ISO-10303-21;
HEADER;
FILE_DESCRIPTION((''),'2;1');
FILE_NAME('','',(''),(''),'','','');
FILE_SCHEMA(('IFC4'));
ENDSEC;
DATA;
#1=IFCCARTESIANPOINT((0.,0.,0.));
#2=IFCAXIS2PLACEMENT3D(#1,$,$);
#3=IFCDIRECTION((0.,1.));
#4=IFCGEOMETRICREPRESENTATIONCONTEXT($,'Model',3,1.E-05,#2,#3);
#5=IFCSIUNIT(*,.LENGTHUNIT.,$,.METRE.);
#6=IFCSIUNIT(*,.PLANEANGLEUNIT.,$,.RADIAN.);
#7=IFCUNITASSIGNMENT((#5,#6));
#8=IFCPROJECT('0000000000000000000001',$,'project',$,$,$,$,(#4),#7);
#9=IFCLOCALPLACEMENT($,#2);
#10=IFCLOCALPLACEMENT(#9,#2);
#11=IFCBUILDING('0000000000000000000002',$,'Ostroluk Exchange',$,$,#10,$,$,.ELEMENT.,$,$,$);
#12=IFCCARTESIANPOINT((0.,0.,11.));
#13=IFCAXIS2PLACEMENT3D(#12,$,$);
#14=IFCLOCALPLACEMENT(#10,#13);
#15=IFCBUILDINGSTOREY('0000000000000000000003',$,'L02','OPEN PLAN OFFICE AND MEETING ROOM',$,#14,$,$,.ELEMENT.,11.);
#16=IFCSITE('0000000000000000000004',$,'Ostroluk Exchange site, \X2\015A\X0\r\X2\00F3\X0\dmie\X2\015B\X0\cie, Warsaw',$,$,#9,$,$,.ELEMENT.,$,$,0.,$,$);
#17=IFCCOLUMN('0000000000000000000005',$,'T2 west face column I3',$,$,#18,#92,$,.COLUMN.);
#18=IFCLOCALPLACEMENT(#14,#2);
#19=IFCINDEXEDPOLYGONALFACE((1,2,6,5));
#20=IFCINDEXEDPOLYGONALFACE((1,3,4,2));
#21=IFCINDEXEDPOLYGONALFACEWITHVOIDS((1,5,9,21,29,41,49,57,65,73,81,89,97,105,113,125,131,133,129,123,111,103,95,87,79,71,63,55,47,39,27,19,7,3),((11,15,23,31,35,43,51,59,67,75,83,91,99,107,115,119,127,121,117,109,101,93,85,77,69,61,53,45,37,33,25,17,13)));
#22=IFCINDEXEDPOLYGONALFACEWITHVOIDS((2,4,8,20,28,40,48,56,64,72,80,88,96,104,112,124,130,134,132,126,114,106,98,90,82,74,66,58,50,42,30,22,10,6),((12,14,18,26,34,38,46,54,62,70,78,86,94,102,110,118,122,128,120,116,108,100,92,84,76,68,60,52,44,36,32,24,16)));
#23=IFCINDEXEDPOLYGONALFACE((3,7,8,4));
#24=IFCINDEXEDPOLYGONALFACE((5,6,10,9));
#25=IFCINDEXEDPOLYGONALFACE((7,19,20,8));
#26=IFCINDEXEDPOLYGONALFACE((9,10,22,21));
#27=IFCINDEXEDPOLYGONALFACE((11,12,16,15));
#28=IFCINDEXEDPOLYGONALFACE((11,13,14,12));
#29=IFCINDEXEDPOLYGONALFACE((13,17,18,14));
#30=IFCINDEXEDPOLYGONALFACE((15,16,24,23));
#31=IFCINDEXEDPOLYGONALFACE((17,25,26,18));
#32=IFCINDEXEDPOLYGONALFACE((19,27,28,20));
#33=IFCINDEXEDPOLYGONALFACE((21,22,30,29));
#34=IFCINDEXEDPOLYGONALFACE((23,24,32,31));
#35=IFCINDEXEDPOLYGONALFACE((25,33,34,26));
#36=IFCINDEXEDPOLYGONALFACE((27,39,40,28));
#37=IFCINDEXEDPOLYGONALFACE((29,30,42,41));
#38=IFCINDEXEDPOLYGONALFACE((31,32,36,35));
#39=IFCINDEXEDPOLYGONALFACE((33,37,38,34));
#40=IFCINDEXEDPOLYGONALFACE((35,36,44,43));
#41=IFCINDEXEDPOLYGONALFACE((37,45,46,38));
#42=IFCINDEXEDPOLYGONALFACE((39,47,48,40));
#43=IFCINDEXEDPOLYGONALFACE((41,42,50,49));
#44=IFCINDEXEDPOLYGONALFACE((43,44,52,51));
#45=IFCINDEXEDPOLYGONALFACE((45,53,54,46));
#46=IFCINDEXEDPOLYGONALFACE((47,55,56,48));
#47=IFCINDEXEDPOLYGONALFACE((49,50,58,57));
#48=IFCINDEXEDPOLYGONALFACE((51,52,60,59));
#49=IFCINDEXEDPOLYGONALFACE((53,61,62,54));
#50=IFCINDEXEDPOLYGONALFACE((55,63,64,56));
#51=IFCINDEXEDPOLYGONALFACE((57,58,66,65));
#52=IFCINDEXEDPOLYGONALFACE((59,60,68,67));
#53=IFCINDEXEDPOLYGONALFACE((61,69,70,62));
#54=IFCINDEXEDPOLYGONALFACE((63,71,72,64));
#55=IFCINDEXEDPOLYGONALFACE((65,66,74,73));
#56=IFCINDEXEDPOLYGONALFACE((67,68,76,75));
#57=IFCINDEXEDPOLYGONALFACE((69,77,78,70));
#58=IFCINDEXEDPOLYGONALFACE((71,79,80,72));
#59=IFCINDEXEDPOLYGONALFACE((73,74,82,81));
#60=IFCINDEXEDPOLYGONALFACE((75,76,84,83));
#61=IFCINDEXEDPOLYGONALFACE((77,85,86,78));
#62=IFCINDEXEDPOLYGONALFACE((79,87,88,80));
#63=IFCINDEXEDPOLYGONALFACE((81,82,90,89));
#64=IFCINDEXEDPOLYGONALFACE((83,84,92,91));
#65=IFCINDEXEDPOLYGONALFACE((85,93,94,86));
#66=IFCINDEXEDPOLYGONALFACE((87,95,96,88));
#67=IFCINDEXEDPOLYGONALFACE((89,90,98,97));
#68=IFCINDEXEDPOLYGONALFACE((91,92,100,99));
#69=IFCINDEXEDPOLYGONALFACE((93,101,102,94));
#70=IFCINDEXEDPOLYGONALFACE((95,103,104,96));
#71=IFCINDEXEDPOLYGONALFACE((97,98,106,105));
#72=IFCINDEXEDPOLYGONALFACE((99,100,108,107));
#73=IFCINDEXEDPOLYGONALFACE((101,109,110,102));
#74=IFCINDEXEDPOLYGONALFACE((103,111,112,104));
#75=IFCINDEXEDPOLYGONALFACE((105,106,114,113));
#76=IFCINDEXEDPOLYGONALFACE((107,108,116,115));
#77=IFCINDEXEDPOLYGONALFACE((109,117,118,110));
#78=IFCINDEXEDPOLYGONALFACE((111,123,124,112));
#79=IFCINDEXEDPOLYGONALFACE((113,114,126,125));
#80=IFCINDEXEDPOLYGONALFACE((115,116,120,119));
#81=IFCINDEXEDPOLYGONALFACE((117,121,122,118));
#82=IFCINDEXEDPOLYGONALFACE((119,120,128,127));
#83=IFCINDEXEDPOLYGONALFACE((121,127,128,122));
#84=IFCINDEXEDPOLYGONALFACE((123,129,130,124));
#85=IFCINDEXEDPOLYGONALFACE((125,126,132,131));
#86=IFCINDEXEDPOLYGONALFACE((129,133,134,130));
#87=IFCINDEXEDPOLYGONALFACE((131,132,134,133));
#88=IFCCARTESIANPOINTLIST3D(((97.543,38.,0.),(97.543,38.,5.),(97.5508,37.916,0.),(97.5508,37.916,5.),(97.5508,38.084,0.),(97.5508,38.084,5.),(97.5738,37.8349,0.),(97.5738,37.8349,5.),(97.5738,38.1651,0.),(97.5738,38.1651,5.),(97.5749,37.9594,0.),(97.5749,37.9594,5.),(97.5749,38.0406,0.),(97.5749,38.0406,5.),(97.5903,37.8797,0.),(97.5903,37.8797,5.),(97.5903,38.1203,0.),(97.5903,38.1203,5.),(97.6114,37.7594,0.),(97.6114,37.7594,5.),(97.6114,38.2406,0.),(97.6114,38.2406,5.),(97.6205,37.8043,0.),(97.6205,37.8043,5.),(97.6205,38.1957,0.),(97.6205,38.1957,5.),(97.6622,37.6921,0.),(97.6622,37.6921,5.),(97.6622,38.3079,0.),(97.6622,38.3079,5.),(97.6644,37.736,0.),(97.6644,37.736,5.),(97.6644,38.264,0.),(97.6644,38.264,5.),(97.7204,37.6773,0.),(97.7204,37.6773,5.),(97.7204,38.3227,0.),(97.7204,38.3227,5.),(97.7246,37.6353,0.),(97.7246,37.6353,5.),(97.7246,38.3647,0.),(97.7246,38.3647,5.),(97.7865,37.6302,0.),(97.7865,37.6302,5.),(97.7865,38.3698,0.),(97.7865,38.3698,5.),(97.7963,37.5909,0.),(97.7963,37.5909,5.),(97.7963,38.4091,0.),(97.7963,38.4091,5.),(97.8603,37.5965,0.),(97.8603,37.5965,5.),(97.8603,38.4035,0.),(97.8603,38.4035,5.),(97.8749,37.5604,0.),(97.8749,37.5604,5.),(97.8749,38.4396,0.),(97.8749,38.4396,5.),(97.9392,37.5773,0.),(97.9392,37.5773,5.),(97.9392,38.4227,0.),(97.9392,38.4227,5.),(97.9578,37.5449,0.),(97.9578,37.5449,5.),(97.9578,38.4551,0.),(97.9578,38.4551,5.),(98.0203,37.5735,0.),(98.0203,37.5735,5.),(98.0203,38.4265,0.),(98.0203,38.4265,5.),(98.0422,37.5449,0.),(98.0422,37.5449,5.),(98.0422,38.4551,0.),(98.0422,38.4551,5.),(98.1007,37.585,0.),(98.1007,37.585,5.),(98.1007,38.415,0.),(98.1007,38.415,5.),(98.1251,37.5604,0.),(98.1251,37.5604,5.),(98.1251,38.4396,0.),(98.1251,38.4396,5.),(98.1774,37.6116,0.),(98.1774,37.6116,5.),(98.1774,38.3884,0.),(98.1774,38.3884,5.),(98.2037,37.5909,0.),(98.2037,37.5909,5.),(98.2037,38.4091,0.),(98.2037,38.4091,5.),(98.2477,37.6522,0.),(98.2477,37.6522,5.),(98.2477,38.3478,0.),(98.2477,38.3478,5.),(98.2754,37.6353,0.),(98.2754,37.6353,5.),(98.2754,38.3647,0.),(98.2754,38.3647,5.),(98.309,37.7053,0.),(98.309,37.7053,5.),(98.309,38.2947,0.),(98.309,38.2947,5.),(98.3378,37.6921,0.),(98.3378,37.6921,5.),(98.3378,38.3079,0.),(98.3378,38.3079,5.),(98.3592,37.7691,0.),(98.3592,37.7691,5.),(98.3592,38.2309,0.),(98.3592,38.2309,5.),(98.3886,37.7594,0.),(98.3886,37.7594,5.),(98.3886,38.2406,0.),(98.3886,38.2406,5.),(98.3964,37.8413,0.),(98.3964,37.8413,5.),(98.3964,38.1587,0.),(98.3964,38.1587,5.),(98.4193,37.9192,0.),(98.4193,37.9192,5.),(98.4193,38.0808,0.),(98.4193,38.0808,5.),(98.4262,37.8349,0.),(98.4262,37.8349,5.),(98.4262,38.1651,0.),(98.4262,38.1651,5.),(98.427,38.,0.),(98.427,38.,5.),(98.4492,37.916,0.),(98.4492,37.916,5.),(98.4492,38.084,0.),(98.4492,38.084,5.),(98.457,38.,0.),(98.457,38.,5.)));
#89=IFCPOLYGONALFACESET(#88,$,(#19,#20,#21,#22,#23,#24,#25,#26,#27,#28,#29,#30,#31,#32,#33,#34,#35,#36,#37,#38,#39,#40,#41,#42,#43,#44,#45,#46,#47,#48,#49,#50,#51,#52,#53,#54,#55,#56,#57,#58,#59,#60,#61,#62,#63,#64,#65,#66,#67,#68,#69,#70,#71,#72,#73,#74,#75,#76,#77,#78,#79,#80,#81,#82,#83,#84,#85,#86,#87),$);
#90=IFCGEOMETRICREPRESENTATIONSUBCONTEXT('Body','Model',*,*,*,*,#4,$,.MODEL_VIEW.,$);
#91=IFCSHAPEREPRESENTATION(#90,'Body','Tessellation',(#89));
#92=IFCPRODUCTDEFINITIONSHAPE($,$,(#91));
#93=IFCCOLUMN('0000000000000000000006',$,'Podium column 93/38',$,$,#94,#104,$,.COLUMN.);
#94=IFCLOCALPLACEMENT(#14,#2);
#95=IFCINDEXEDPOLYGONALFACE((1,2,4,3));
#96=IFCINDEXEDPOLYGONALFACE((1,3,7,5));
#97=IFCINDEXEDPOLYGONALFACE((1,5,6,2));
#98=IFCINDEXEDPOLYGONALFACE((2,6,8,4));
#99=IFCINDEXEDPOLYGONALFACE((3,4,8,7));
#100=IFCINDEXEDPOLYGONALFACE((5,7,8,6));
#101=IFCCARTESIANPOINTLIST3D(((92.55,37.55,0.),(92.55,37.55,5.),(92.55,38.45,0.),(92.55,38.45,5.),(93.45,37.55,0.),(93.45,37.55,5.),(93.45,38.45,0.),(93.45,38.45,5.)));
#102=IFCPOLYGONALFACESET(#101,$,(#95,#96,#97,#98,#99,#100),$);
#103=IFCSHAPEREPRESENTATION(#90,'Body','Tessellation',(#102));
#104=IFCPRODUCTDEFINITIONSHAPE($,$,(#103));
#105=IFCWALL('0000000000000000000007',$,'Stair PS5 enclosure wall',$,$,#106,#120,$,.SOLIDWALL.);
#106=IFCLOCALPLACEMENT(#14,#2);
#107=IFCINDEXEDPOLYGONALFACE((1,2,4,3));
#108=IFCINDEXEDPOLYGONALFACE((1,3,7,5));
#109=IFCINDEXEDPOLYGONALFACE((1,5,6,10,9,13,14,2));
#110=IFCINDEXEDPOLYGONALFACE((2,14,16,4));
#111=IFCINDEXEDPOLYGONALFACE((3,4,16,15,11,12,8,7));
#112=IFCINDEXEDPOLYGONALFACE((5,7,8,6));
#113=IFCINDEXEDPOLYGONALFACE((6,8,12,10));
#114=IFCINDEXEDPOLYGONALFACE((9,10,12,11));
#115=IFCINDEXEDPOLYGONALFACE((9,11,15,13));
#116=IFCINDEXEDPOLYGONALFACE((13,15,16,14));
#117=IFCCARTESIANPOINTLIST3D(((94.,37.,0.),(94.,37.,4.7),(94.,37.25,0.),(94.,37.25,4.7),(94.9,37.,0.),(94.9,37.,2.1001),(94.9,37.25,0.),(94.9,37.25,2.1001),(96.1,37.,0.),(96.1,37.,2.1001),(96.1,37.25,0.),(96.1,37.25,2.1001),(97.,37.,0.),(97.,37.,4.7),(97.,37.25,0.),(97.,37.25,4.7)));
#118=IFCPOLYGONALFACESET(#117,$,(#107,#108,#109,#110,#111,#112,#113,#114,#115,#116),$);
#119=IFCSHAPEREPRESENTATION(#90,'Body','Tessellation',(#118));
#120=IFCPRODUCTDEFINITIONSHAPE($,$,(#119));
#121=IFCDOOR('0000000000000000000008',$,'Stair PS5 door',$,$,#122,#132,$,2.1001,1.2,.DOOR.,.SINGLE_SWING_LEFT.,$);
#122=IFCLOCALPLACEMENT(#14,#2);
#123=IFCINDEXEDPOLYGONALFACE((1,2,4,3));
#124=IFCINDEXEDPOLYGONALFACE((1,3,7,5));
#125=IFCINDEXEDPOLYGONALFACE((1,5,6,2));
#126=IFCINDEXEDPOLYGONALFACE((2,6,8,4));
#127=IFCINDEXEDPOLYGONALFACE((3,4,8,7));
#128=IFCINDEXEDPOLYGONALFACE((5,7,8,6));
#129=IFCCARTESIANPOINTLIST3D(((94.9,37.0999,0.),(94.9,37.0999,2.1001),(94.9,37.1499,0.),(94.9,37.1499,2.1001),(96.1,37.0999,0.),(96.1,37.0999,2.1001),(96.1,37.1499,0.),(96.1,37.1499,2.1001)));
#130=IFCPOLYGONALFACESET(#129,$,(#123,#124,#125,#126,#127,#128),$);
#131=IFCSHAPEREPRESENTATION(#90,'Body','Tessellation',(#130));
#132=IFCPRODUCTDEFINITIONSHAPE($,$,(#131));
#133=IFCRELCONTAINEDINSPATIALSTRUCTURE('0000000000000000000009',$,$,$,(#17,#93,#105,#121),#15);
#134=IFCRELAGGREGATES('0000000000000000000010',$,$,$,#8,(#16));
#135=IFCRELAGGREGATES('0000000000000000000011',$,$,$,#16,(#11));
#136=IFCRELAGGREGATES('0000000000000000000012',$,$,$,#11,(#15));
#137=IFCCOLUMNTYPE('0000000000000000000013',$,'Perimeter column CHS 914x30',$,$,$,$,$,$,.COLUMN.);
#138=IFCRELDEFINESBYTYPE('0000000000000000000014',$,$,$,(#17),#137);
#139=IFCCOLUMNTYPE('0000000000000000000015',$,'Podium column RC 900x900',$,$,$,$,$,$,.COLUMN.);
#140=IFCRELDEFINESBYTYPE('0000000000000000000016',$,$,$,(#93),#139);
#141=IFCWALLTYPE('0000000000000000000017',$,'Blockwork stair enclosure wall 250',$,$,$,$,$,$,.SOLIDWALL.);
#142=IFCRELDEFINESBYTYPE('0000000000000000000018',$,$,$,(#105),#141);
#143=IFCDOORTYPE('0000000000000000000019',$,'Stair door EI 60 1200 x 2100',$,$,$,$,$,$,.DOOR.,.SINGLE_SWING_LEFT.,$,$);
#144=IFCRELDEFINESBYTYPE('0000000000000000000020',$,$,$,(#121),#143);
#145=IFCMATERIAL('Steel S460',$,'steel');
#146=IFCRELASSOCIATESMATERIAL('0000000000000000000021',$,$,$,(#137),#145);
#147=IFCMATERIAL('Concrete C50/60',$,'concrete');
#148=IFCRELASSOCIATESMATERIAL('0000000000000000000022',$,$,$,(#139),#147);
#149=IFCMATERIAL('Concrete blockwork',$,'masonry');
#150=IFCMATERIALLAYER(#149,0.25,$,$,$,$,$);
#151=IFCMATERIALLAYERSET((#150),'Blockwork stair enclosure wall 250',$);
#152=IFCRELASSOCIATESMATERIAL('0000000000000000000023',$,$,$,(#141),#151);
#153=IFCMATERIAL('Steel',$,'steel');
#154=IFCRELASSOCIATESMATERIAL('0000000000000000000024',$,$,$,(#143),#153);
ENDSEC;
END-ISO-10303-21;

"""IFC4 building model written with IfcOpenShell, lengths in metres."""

from ifc_helpers import new_model, si_unit, direction, frame, frame_2d, origin, origin_2d, place, context, subcontext, project, spatial, rectangle, hollow_circle, extrude, material, layer, layer_set, material_profile, profile_set, type_object, element, fill, save


model = new_model("IFC4")

# Units and contexts
model_context = context("Model", 3, precision=1e-05, world=origin(), true_north=direction((0.0, 1.0)))
body_context = subcontext(model_context, "Body", "Model", "MODEL_VIEW")
ifc_project = project(units=[si_unit("LENGTHUNIT", "METRE"), si_unit("PLANEANGLEUNIT", "RADIAN")], contexts=[model_context])

# Site, building, storey
site_placement = place(None, origin())
site = spatial("IfcSite", under=ifc_project, at=site_placement, Name="Ostroluk Exchange site, Śródmieście, Warsaw", CompositionType="ELEMENT", RefElevation=0.0)
building_placement = place(site_placement, origin())
building = spatial("IfcBuilding", under=site, at=building_placement, Name="Ostroluk Exchange", CompositionType="ELEMENT")
storey_placement = place(building_placement, frame((0.0, 0.0, 11.0)))
storey = spatial("IfcBuildingStorey", under=building, at=storey_placement, Name="L02", Description="OPEN PLAN OFFICE AND MEETING ROOM", CompositionType="ELEMENT", Elevation=11.0)

# Columns
ifc_material_1 = material(Name="Steel S460", Category="steel")
ifc_material_profile_1 = material_profile(ifc_material_1, hollow_circle(Radius=0.457, WallThickness=0.03, at=origin_2d()), Name="CHS 914x30")
ifc_profile_set_1 = profile_set([ifc_material_profile_1], Name="Steel S460")
column_type_1 = type_object("IfcColumnType", Name="Perimeter column CHS 914x30", PredefinedType="COLUMN", material=ifc_profile_set_1)
column_1_placement = place(storey_placement, frame((98.0, 38.0, 0.0), z_axis=(0.0, 0.0, 1.0), x_axis=(1.0, 0.0, 0.0)))
element("IfcColumn", 1, at=column_1_placement, inside=storey, type_object=column_type_1, Name="T2 west face column I3", PredefinedType="COLUMN", context=body_context, shape_type="SweptSolid", body=[
    extrude(hollow_circle(Radius=0.457, WallThickness=0.03, at=origin_2d()), origin(), (0.0, 0.0, 1.0), 5.0),
])
ifc_material_2 = material(Name="Concrete C50/60", Category="concrete")
ifc_material_profile_2 = material_profile(ifc_material_2, rectangle(XDim=0.8999, YDim=0.8999, at=origin_2d()), Name="RC 900x900")
ifc_profile_set_2 = profile_set([ifc_material_profile_2], Name="Concrete C50/60")
column_type_2 = type_object("IfcColumnType", Name="Podium column RC 900x900", PredefinedType="COLUMN", material=ifc_profile_set_2)
column_2_placement = place(storey_placement, frame((93.0, 38.0, 0.0), z_axis=(0.0, 0.0, 1.0), x_axis=(1.0, 0.0, 0.0)))
element("IfcColumn", 2, at=column_2_placement, inside=storey, type_object=column_type_2, Name="Podium column 93/38", PredefinedType="COLUMN", context=body_context, shape_type="SweptSolid", body=[
    extrude(rectangle(XDim=0.8999, YDim=0.8999, at=origin_2d()), origin(), (0.0, 0.0, 1.0), 5.0),
])

# Wall, opening, door
ifc_material_3 = material(Name="Concrete blockwork", Category="masonry")
ifc_layer_1 = layer(ifc_material_3, 0.25)
ifc_layer_set_1 = layer_set([ifc_layer_1], Name="Blockwork stair enclosure wall 250")
wall_type_1 = type_object("IfcWallType", Name="Blockwork stair enclosure wall 250", PredefinedType="SOLIDWALL", material=ifc_layer_set_1)
wall_1_placement = place(storey_placement, frame((94.0, 37.125, 0.0), z_axis=(0.0, 0.0, 1.0), x_axis=(1.0, 0.0, 0.0)))
wall_1 = element("IfcWall", 3, at=wall_1_placement, inside=storey, type_object=wall_type_1, Name="Stair PS5 enclosure wall", PredefinedType="SOLIDWALL", context=body_context, shape_type="SweptSolid", body=[
    extrude(rectangle(XDim=3.0, YDim=0.25, at=frame_2d((1.5, 0.0))), origin(), (0.0, 0.0, 1.0), 4.7),
])
opening_1_placement = place(wall_1_placement, frame((0.8999, 0.0, 0.0)))
opening_1 = element("IfcOpeningElement", 4, at=opening_1_placement, cuts=wall_1, PredefinedType="OPENING", context=body_context, shape_type="SweptSolid", body=[
    extrude(rectangle(XDim=1.2, YDim=2.1001, at=frame_2d((0.6001, 1.05))), frame((0.0, 0.135, 0.0), z_axis=(0.0, -1.0, 0.0), x_axis=(1.0, 0.0, 0.0)), (0.0, 0.0, 1.0), 0.27),
])
ifc_material_4 = material(Name="Steel", Category="steel")
door_type_1 = type_object("IfcDoorType", Name="Stair door EI 60 1200 x 2100", OperationType="SINGLE_SWING_LEFT", PredefinedType="DOOR", material=ifc_material_4)
door_1_placement = place(opening_1_placement, origin())
door_1 = element("IfcDoor", 5, at=door_1_placement, inside=storey, type_object=door_type_1, Name="Stair PS5 door", OperationType="SINGLE_SWING_LEFT", OverallHeight=2.1001, OverallWidth=1.2, PredefinedType="DOOR", context=body_context, shape_type="SweptSolid", body=[
    extrude(rectangle(XDim=1.2, YDim=2.1001, at=frame_2d((0.6001, 1.05))), frame((0.0, 0.0249, 0.0), z_axis=(0.0, -1.0, 0.0), x_axis=(1.0, 0.0, 0.0)), (0.0, 0.0, 1.0), 0.05),
])
fill(opening_1, door_1)

save(model, "model.ifc")
